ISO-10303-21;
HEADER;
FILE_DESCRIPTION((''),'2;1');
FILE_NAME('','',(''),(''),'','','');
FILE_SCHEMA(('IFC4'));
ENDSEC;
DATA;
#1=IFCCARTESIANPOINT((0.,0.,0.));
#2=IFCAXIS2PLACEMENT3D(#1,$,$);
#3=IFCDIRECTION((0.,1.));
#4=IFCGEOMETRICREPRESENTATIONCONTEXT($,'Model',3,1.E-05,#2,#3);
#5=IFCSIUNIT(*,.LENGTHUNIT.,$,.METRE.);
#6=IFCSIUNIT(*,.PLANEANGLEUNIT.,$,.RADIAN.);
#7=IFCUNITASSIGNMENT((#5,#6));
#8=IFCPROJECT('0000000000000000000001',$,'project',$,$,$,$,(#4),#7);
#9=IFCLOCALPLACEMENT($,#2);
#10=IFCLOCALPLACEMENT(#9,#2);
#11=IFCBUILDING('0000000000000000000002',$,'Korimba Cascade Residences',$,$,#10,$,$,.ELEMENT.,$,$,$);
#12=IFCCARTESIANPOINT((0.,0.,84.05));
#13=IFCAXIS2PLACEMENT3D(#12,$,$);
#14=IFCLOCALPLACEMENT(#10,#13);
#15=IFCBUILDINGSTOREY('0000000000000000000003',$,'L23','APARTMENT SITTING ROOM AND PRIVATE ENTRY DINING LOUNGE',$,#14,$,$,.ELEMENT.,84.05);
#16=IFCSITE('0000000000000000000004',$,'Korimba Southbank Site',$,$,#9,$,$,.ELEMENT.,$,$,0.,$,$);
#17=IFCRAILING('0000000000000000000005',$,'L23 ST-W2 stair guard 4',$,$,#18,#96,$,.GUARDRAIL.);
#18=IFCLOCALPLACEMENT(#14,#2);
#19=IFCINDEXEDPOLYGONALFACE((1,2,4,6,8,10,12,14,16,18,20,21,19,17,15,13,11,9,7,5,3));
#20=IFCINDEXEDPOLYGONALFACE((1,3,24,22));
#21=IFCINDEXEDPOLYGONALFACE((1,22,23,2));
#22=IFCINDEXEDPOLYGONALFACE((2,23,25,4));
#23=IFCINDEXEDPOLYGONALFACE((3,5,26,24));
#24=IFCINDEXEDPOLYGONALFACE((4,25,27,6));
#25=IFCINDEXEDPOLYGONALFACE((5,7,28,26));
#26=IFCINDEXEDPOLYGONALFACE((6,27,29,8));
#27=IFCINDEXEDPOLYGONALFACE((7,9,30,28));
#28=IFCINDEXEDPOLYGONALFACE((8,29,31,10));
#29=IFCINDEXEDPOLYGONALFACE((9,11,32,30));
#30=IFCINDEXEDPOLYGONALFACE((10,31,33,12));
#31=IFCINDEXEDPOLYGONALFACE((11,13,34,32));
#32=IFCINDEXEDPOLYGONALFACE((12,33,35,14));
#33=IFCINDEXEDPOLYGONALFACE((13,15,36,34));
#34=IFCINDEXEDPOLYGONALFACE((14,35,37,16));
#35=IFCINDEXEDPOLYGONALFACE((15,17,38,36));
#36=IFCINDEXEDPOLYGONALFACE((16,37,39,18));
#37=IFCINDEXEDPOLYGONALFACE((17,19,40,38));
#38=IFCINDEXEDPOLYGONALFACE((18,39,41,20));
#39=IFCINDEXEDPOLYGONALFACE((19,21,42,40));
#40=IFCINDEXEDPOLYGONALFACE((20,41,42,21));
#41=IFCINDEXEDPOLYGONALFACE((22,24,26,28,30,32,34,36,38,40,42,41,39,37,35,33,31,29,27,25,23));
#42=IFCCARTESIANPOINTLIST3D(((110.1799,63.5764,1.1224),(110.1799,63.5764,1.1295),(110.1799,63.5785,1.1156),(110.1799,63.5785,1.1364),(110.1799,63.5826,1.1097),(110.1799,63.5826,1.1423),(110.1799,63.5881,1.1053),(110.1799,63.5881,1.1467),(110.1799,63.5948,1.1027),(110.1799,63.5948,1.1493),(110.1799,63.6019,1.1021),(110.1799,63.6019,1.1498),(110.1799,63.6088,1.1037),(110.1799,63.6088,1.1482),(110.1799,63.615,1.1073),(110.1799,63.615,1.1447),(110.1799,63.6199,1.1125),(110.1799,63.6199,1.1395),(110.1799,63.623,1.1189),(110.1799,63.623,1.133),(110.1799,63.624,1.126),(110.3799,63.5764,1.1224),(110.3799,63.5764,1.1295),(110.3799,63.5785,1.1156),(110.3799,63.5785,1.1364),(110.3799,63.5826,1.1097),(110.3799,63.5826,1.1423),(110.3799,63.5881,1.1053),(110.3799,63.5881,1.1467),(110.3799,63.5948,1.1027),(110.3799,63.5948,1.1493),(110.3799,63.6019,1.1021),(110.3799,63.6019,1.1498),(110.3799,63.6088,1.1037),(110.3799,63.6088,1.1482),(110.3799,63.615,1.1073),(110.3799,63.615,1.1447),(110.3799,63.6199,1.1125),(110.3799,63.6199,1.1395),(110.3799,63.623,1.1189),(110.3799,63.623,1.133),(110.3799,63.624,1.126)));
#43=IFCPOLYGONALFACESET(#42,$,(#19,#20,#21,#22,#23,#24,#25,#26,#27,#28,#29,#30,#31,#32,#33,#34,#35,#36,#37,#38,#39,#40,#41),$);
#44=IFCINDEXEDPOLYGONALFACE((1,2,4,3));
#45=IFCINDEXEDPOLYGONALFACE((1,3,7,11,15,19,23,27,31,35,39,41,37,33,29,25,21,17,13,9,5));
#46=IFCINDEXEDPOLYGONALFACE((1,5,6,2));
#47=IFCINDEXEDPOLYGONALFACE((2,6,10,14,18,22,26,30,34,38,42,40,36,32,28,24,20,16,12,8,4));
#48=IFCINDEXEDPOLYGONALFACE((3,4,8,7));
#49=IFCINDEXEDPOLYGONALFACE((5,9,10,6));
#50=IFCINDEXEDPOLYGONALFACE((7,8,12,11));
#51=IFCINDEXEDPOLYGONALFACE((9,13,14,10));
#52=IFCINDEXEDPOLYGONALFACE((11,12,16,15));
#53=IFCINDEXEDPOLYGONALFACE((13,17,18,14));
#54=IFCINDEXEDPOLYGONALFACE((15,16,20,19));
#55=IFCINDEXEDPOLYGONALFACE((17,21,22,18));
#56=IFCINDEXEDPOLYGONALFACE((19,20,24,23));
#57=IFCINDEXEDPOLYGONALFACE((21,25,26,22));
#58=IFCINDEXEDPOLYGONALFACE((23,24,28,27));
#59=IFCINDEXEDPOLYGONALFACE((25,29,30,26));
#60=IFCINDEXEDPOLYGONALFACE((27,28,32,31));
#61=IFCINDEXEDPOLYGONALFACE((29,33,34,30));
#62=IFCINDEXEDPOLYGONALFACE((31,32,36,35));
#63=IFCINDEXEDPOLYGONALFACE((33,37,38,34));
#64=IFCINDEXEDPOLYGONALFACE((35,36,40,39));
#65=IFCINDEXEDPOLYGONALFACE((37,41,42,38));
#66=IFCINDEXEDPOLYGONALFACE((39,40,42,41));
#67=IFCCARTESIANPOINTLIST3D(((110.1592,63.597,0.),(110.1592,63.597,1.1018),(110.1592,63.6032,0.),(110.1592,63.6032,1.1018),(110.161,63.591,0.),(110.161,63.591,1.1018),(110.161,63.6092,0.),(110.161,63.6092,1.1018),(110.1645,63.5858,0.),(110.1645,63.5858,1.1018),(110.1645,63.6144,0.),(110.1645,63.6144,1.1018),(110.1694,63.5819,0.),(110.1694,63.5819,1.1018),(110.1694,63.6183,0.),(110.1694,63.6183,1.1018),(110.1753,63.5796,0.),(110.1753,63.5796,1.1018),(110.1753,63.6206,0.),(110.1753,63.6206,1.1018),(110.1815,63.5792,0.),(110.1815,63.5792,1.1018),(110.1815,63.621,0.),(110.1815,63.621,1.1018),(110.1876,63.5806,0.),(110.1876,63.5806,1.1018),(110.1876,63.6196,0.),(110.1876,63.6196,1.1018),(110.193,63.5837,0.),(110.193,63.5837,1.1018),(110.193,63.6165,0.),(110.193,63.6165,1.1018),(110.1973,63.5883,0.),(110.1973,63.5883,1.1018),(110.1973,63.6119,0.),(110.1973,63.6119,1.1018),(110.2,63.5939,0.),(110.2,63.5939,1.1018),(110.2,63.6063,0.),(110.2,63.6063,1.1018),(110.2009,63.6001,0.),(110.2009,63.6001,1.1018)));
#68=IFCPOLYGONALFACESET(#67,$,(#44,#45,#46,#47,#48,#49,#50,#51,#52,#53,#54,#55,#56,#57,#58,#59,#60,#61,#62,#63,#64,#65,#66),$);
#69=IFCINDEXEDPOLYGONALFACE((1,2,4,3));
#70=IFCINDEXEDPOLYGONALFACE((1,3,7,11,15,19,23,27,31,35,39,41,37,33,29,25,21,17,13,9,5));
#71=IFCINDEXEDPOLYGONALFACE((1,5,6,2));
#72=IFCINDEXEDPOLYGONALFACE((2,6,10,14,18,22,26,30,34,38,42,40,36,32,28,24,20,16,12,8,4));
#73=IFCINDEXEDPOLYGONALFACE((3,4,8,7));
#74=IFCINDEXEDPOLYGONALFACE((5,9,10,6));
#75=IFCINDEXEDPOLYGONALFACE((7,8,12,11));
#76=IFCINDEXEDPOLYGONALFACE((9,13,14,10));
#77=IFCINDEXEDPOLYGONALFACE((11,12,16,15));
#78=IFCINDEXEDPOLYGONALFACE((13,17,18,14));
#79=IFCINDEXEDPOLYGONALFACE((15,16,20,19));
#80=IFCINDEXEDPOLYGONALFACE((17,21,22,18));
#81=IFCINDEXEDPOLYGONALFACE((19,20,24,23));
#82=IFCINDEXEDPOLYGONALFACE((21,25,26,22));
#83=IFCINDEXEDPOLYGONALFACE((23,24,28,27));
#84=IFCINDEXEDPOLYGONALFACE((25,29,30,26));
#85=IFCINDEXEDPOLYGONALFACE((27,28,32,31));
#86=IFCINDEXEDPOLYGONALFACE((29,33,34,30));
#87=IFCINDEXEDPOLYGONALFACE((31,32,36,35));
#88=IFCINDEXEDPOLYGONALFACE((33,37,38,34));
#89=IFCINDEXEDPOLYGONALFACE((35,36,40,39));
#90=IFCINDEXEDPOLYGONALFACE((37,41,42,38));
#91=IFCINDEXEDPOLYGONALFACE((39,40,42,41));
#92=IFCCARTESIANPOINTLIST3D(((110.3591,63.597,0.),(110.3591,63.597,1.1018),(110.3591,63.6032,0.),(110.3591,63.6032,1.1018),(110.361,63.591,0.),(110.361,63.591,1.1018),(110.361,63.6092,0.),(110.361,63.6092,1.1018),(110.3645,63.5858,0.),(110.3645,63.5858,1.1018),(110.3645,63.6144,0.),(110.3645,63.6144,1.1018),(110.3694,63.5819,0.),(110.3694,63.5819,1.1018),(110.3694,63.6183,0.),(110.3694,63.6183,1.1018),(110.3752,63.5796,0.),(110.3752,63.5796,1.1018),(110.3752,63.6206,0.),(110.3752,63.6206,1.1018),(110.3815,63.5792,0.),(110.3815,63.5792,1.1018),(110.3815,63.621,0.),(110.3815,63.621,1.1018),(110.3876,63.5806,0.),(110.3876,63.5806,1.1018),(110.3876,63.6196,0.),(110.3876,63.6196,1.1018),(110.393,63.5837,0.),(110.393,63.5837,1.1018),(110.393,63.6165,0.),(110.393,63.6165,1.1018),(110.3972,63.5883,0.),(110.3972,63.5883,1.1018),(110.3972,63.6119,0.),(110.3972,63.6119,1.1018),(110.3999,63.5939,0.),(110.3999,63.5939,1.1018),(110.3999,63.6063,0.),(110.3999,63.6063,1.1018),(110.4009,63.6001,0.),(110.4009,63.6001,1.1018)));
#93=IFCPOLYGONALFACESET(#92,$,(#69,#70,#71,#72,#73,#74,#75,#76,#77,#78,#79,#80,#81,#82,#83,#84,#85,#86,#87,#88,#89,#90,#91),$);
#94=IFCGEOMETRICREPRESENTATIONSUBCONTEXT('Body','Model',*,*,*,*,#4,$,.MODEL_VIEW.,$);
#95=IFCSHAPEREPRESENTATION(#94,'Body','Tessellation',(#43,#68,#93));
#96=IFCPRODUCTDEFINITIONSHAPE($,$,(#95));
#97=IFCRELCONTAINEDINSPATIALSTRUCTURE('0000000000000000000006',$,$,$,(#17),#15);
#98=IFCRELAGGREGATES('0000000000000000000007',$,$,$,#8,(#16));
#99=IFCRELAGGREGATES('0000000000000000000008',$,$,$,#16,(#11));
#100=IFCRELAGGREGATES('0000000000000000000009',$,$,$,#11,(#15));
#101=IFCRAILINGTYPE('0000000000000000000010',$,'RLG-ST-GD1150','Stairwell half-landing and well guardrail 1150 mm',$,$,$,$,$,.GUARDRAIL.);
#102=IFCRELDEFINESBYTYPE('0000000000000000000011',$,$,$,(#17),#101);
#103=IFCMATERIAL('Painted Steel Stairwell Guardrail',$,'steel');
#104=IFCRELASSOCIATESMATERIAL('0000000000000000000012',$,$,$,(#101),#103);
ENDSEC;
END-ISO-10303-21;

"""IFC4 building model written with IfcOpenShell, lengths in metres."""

from ifc_helpers import new_model, si_unit, direction, frame, origin, origin_2d, place, context, subcontext, project, spatial, circle, extrude, material, type_object, element, save


model = new_model("IFC4")

# Units and contexts
model_context = context("Model", 3, precision=1e-05, world=origin(), true_north=direction((0.0, 1.0)))
body_context = subcontext(model_context, "Body", "Model", "MODEL_VIEW")
ifc_project = project(units=[si_unit("LENGTHUNIT", "METRE"), si_unit("PLANEANGLEUNIT", "RADIAN")], contexts=[model_context])

# Site, building, storey
site_placement = place(None, origin())
site = spatial("IfcSite", under=ifc_project, at=site_placement, Name="Korimba Southbank Site", CompositionType="ELEMENT", RefElevation=0.0)
building_placement = place(site_placement, origin())
building = spatial("IfcBuilding", under=site, at=building_placement, Name="Korimba Cascade Residences", CompositionType="ELEMENT")
storey_placement = place(building_placement, frame((0.0, 0.0, 84.05)))
storey = spatial("IfcBuildingStorey", under=building, at=storey_placement, Name="L23", Description="APARTMENT SITTING ROOM AND PRIVATE ENTRY DINING LOUNGE", CompositionType="ELEMENT", Elevation=84.05)

# Railing
ifc_material_1 = material(Name="Painted Steel Stairwell Guardrail", Category="steel")
railing_type_1 = type_object("IfcRailingType", Name="RLG-ST-GD1150", Description="Stairwell half-landing and well guardrail 1150 mm", PredefinedType="GUARDRAIL", material=ifc_material_1)
railing_1_placement = place(storey_placement, frame((110.1799, 63.6001, 0.0)))
element("IfcRailing", 1, at=railing_1_placement, inside=storey, type_object=railing_type_1, Name="L23 ST-W2 stair guard 4", PredefinedType="GUARDRAIL", context=body_context, shape_type="SweptSolid", body=[
    extrude(circle(Radius=0.0239, at=origin_2d()), frame((0.0, 0.0, 1.126), z_axis=(1.0, 0.0, 0.0), x_axis=(0.0, 1.0, 0.0)), (0.0, 0.0, 1.0), 0.2),
    extrude(circle(Radius=0.021, at=origin_2d()), origin(), (0.0, 0.0, 1.0), 1.1018),
    extrude(circle(Radius=0.021, at=origin_2d()), frame((0.2, 0.0, 0.0)), (0.0, 0.0, 1.0), 1.1018),
])

save(model, "model.ifc")
